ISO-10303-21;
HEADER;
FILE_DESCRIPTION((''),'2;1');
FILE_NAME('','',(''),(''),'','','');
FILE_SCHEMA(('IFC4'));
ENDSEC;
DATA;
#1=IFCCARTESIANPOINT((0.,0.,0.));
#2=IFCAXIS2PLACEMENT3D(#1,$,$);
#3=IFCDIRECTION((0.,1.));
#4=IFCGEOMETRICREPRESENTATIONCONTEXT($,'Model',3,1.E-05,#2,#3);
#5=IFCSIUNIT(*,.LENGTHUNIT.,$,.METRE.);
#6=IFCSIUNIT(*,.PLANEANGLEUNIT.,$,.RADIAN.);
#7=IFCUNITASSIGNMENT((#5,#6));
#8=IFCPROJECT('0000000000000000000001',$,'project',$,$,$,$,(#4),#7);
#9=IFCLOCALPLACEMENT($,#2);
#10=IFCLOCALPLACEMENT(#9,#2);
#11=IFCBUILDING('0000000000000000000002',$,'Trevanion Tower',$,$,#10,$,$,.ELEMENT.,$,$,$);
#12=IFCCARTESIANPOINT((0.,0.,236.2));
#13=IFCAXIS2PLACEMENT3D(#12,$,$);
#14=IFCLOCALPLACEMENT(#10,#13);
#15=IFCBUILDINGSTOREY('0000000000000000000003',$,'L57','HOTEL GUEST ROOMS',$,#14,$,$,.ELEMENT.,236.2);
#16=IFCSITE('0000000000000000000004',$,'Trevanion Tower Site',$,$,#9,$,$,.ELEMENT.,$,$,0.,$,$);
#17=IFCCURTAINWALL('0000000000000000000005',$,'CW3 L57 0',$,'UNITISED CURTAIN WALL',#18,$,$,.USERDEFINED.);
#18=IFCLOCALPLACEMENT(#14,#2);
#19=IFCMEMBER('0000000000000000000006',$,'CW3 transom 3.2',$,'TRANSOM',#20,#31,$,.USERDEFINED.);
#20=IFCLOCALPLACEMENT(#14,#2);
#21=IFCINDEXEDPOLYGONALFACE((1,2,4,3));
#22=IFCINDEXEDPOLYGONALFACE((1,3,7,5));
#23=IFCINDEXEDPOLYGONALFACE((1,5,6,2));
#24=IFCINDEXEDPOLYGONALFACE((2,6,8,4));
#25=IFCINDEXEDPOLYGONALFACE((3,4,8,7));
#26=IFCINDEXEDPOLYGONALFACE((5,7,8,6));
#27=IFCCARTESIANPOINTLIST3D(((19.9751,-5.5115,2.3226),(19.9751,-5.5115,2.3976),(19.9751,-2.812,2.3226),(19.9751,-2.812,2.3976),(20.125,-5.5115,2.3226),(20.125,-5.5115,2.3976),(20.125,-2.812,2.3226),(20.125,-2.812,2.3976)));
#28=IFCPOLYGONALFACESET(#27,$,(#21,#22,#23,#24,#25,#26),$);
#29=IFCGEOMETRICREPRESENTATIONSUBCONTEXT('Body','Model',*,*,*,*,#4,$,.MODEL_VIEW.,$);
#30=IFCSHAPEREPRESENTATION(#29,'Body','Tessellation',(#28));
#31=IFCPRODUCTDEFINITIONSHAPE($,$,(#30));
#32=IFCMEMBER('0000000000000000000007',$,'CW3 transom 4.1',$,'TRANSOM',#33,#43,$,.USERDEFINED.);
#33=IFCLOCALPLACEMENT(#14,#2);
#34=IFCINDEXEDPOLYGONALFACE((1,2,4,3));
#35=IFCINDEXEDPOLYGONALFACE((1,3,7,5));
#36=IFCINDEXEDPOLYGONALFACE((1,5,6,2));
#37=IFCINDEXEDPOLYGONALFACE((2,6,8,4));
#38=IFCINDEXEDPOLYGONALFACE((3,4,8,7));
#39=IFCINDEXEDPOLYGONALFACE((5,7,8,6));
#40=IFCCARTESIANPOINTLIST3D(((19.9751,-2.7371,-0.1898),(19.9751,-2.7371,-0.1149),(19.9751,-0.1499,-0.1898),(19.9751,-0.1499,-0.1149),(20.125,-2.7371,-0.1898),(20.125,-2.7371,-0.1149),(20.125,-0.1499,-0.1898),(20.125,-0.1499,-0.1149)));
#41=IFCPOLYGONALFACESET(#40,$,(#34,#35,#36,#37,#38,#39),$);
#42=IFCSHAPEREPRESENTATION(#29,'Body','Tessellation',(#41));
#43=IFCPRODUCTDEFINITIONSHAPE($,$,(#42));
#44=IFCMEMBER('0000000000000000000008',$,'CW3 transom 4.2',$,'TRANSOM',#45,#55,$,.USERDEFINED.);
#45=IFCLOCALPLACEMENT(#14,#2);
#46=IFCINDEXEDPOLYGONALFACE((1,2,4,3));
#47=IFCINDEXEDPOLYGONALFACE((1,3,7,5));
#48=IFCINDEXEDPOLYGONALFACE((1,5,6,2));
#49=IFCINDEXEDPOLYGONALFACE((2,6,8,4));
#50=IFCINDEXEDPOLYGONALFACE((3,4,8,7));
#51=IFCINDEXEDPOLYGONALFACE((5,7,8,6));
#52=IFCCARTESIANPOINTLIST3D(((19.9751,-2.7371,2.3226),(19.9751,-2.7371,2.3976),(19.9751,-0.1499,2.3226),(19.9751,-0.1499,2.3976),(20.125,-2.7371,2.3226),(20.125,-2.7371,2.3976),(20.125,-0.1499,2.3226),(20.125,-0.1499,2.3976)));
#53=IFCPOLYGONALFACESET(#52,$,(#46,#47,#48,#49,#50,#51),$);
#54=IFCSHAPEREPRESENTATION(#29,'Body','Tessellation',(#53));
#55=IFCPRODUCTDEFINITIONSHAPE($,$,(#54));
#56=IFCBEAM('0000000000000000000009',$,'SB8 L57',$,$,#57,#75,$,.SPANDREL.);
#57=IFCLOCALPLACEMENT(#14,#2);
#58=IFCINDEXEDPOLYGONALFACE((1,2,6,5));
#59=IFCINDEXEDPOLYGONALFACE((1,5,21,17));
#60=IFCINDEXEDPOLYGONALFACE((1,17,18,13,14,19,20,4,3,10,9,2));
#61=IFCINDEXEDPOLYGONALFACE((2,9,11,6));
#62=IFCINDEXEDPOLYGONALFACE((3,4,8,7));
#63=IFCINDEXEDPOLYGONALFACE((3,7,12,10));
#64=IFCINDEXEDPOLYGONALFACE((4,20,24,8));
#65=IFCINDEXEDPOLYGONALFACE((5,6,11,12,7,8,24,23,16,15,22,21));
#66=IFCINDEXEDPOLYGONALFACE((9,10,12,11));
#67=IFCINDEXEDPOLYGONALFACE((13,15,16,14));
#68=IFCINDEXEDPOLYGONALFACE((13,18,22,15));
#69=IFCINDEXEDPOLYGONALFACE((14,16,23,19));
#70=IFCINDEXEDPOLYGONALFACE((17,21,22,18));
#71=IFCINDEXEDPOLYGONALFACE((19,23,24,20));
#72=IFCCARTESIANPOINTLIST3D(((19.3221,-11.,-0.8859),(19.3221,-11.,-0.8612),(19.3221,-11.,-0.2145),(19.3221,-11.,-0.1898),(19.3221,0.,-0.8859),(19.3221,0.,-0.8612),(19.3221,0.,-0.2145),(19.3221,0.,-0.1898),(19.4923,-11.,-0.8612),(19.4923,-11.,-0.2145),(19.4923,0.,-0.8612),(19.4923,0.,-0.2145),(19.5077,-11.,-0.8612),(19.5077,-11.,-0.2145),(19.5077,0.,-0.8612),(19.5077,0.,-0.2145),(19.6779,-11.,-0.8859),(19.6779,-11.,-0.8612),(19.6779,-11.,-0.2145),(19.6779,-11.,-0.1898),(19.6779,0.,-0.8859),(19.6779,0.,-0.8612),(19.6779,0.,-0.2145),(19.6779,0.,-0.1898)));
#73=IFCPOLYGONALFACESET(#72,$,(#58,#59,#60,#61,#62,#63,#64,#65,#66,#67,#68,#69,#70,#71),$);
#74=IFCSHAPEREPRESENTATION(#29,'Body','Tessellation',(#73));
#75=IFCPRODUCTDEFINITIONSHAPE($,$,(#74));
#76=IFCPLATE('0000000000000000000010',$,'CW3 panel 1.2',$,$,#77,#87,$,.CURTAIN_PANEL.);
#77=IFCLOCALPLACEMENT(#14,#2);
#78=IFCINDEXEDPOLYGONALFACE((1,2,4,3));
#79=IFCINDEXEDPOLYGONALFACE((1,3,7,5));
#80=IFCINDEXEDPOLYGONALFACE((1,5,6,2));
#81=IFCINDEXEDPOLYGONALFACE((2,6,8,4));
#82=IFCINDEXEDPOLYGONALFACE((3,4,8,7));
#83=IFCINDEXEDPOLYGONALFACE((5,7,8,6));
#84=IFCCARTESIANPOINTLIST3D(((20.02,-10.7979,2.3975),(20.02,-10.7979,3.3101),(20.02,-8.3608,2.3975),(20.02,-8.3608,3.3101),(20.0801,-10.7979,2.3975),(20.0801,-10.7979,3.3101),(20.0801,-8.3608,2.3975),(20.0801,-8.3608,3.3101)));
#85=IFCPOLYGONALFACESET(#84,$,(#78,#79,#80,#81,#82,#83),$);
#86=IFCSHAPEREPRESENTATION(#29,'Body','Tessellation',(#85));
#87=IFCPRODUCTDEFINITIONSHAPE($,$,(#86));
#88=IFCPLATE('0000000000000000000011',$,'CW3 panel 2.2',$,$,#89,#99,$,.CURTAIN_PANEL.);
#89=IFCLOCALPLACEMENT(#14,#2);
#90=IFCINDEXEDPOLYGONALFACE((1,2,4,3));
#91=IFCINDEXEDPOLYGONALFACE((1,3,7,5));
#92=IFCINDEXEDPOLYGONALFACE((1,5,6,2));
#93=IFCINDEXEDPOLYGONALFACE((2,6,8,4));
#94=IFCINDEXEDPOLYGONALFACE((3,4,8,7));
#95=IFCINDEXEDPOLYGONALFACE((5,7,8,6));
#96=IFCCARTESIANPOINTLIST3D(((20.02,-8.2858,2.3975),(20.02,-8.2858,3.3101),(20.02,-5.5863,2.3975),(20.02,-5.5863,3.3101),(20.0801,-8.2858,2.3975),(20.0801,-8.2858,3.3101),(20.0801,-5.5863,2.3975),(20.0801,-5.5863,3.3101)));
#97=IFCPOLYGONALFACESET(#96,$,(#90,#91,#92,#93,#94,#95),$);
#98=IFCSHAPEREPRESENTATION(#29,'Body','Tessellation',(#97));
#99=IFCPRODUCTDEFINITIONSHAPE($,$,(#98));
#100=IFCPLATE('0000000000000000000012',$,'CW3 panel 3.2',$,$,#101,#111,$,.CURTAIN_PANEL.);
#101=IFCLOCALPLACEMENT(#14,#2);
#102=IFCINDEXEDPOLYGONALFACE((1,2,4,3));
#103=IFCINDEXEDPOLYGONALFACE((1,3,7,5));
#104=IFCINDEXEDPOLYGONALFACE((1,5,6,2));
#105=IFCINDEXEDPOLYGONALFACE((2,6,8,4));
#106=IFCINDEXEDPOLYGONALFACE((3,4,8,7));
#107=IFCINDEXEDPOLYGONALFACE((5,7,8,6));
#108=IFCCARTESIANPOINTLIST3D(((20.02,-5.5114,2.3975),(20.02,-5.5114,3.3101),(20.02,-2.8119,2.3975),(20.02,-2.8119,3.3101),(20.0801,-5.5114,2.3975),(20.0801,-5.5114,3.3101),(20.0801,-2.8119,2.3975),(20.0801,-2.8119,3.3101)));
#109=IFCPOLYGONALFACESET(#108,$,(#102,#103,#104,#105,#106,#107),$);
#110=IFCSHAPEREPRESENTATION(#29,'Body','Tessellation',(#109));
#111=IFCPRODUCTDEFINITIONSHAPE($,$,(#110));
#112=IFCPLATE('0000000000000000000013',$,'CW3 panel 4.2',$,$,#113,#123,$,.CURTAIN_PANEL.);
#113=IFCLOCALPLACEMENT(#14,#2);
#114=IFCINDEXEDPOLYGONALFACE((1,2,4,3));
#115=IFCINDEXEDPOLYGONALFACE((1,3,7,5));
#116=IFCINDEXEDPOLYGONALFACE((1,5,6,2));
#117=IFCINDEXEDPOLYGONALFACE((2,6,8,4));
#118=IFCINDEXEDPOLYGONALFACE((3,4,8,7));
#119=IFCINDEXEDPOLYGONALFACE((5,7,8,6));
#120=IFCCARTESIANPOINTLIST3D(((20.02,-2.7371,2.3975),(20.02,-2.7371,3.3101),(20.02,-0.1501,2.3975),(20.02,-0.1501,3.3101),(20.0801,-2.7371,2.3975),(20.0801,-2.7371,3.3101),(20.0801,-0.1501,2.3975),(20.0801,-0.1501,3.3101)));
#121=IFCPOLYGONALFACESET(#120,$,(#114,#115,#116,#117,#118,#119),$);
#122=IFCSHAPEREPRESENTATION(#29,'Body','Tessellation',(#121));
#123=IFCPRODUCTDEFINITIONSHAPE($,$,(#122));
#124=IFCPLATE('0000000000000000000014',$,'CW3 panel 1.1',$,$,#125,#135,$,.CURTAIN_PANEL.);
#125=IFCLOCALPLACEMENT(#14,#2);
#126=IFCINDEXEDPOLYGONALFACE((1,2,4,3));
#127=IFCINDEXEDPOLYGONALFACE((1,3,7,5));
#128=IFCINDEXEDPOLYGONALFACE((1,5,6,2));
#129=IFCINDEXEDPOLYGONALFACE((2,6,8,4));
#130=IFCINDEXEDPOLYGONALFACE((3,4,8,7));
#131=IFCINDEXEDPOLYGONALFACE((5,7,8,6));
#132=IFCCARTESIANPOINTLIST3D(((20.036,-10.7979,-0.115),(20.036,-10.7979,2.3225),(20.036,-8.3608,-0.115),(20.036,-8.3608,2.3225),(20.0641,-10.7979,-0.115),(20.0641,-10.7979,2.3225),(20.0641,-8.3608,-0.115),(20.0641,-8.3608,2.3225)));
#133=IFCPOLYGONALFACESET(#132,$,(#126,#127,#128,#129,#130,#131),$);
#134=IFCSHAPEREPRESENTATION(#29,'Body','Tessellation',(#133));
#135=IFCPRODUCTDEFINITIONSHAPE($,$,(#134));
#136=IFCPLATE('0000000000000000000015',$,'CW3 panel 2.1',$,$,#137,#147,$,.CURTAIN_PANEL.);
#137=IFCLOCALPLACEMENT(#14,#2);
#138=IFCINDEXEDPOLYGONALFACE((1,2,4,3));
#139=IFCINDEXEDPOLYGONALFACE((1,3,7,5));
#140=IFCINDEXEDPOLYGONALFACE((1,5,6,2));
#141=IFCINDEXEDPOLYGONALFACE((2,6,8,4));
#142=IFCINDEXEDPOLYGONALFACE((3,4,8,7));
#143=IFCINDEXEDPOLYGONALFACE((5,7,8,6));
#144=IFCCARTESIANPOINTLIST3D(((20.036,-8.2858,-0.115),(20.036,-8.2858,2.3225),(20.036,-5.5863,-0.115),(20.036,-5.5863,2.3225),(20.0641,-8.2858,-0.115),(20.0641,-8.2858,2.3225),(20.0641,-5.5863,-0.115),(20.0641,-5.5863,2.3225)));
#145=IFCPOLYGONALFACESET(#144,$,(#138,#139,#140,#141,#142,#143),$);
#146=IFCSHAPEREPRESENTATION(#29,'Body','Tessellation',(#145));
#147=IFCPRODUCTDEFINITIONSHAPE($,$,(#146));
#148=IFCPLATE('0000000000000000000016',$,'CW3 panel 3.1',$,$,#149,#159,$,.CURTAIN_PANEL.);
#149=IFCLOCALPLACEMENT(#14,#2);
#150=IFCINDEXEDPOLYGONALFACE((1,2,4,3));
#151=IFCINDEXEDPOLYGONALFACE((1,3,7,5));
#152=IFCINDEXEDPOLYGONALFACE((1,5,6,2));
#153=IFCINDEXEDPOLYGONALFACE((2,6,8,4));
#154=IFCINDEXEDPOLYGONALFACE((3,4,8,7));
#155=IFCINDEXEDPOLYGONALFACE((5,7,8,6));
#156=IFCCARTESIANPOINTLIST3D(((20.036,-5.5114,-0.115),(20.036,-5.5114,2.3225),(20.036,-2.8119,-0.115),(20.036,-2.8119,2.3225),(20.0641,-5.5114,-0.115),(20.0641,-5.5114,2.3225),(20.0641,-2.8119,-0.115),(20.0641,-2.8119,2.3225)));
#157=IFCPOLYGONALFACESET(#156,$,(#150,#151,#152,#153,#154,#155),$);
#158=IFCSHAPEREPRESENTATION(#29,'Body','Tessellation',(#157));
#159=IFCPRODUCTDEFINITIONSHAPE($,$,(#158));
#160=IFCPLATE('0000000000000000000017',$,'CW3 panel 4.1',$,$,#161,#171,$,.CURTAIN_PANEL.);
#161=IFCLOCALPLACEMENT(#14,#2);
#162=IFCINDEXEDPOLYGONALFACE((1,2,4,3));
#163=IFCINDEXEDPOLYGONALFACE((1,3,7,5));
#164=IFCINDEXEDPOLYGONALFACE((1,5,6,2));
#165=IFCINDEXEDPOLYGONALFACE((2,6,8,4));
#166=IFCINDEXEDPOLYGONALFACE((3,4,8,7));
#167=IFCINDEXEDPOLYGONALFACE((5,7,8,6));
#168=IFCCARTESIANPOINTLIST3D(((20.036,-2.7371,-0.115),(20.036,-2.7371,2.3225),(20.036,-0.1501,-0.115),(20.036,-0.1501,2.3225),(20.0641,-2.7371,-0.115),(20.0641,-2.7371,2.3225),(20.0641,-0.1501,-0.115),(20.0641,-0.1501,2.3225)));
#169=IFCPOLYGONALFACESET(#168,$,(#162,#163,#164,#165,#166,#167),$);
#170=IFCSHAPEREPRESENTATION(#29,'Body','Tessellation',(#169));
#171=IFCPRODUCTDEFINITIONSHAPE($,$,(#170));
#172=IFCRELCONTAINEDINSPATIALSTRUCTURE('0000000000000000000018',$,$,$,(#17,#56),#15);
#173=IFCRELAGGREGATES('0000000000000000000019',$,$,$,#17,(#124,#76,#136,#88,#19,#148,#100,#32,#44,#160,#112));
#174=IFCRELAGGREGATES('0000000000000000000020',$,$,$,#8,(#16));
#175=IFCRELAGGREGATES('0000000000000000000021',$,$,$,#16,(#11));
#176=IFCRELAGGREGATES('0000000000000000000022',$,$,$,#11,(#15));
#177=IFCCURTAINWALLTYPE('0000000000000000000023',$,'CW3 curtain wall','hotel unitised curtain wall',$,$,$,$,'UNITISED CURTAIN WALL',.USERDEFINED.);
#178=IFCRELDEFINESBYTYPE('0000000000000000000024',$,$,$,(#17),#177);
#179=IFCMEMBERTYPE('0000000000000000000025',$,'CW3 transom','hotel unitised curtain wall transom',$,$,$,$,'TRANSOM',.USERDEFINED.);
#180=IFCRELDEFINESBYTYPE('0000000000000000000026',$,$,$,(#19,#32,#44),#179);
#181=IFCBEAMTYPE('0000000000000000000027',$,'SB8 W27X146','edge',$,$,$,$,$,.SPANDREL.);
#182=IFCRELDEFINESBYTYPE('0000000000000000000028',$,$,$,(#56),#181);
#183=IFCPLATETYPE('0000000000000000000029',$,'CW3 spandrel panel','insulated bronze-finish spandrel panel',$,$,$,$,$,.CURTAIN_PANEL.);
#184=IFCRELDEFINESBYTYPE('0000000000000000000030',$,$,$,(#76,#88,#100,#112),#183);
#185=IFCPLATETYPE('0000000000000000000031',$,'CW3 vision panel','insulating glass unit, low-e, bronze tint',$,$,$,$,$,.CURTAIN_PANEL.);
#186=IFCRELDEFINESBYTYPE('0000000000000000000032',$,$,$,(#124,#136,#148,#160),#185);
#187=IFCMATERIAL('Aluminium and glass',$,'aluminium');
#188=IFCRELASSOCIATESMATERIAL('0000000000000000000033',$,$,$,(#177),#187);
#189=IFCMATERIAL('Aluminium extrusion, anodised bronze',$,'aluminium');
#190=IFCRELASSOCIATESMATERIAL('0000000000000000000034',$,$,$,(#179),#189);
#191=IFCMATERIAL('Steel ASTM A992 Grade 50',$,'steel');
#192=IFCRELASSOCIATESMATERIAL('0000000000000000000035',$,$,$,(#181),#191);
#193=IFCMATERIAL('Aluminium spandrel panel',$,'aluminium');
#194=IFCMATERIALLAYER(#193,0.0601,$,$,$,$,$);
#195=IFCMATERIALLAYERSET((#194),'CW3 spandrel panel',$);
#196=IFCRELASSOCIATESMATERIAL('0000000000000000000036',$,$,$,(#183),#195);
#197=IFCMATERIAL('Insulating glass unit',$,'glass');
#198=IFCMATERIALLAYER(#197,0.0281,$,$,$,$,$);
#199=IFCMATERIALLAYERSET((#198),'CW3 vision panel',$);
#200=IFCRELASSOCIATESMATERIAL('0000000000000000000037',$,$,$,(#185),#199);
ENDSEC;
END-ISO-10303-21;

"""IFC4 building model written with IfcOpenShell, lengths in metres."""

from ifc_helpers import new_model, si_unit, direction, frame, origin, origin_2d, place, context, subcontext, project, spatial, rectangle, i_section, extrude, material, layer, layer_set, material_profile, profile_set, type_object, element, aggregate, save


model = new_model("IFC4")

# Units and contexts
model_context = context("Model", 3, precision=1e-05, world=origin(), true_north=direction((0.0, 1.0)))
body_context = subcontext(model_context, "Body", "Model", "MODEL_VIEW")
ifc_project = project(units=[si_unit("LENGTHUNIT", "METRE"), si_unit("PLANEANGLEUNIT", "RADIAN")], contexts=[model_context])

# Site, building, storey
site_placement = place(None, origin())
site = spatial("IfcSite", under=ifc_project, at=site_placement, Name="Trevanion Tower Site", CompositionType="ELEMENT", RefElevation=0.0)
building_placement = place(site_placement, origin())
building = spatial("IfcBuilding", under=site, at=building_placement, Name="Trevanion Tower", CompositionType="ELEMENT")
storey_placement = place(building_placement, frame((0.0, 0.0, 236.2)))
storey = spatial("IfcBuildingStorey", under=building, at=storey_placement, Name="L57", Description="HOTEL GUEST ROOMS", CompositionType="ELEMENT", Elevation=236.2)

# Curtain wall, members
ifc_material_1 = material(Name="Aluminium and glass", Category="aluminium")
curtain_wall_type = type_object("IfcCurtainWallType", Name="CW3 curtain wall", Description="hotel unitised curtain wall", ElementType="UNITISED CURTAIN WALL", PredefinedType="USERDEFINED", material=ifc_material_1)
curtain_wall_placement = place(storey_placement, origin())
curtain_wall = element("IfcCurtainWall", 1, at=curtain_wall_placement, inside=storey, type_object=curtain_wall_type, Name="CW3 L57 0", ObjectType="UNITISED CURTAIN WALL", PredefinedType="USERDEFINED")
ifc_material_2 = material(Name="Aluminium extrusion, anodised bronze", Category="aluminium")
ifc_material_profile_1 = material_profile(ifc_material_2, rectangle(XDim=0.1499, YDim=0.075, at=origin_2d()), Name="CW3 transom")
ifc_profile_set_1 = profile_set([ifc_material_profile_1], Name="Aluminium extrusion, anodised bronze")
member_type_1 = type_object("IfcMemberType", Name="CW3 transom", Description="hotel unitised curtain wall transom", ElementType="TRANSOM", PredefinedType="USERDEFINED", material=ifc_profile_set_1)
member_1_placement = place(storey_placement, frame((20.05, -5.5115, 2.3601), z_axis=(0.0, 1.0, 0.0), x_axis=(-1.0, 0.0, 0.0)))
member_1 = element("IfcMember", 2, at=member_1_placement, type_object=member_type_1, Name="CW3 transom 3.2", ObjectType="TRANSOM", PredefinedType="USERDEFINED", context=body_context, shape_type="SweptSolid", body=[
    extrude(rectangle(XDim=0.1499, YDim=0.075, at=origin_2d()), origin(), (0.0, 0.0, 1.0), 2.6995),
])
member_2_placement = place(storey_placement, frame((20.05, -2.7371, -0.1523), z_axis=(0.0, 1.0, 0.0), x_axis=(-1.0, 0.0, 0.0)))
member_2 = element("IfcMember", 3, at=member_2_placement, type_object=member_type_1, Name="CW3 transom 4.1", ObjectType="TRANSOM", PredefinedType="USERDEFINED", context=body_context, shape_type="SweptSolid", body=[
    extrude(rectangle(XDim=0.1499, YDim=0.075, at=origin_2d()), origin(), (0.0, 0.0, 1.0), 2.5872),
])
member_3_placement = place(storey_placement, frame((20.05, -2.7371, 2.3601), z_axis=(0.0, 1.0, 0.0), x_axis=(-1.0, 0.0, 0.0)))
member_3 = element("IfcMember", 4, at=member_3_placement, type_object=member_type_1, Name="CW3 transom 4.2", ObjectType="TRANSOM", PredefinedType="USERDEFINED", context=body_context, shape_type="SweptSolid", body=[
    extrude(rectangle(XDim=0.1499, YDim=0.075, at=origin_2d()), origin(), (0.0, 0.0, 1.0), 2.5872),
])

# Beam
ifc_material_3 = material(Name="Steel ASTM A992 Grade 50", Category="steel")
ifc_material_profile_2 = material_profile(ifc_material_3, i_section(OverallWidth=0.3557, OverallDepth=0.696, WebThickness=0.0154, FlangeThickness=0.0247, at=origin_2d()), Name="W27X146")
ifc_profile_set_2 = profile_set([ifc_material_profile_2], Name="Steel ASTM A992 Grade 50")
beam_type_1 = type_object("IfcBeamType", Name="SB8 W27X146", Description="edge", PredefinedType="SPANDREL", material=ifc_profile_set_2)
beam_placement = place(storey_placement, frame((19.5, -11.0, -0.5378), z_axis=(0.0, 1.0, 0.0), x_axis=(-1.0, 0.0, 0.0)))
element("IfcBeam", 5, at=beam_placement, inside=storey, type_object=beam_type_1, Name="SB8 L57", PredefinedType="SPANDREL", context=body_context, shape_type="SweptSolid", body=[
    extrude(i_section(OverallWidth=0.3557, OverallDepth=0.696, WebThickness=0.0154, FlangeThickness=0.0247, at=origin_2d()), origin(), (0.0, 0.0, 1.0), 11.0),
])

# Plates
ifc_material_4 = material(Name="Aluminium spandrel panel", Category="aluminium")
ifc_layer_1 = layer(ifc_material_4, 0.0601)
ifc_layer_set_1 = layer_set([ifc_layer_1], Name="CW3 spandrel panel")
plate_type_1 = type_object("IfcPlateType", Name="CW3 spandrel panel", Description="insulated bronze-finish spandrel panel", PredefinedType="CURTAIN_PANEL", material=ifc_layer_set_1)
plate_1_placement = place(storey_placement, frame((20.05, -9.5793, 2.3975), z_axis=(0.0, 0.0, 1.0), x_axis=(0.0, 1.0, 0.0)))
plate_1 = element("IfcPlate", 6, at=plate_1_placement, type_object=plate_type_1, Name="CW3 panel 1.2", PredefinedType="CURTAIN_PANEL", context=body_context, shape_type="SweptSolid", body=[
    extrude(rectangle(XDim=2.437, YDim=0.0601, at=origin_2d()), origin(), (0.0, 0.0, 1.0), 0.9126),
])
plate_2_placement = place(storey_placement, frame((20.05, -6.936, 2.3975), z_axis=(0.0, 0.0, 1.0), x_axis=(0.0, 1.0, 0.0)))
plate_2 = element("IfcPlate", 7, at=plate_2_placement, type_object=plate_type_1, Name="CW3 panel 2.2", PredefinedType="CURTAIN_PANEL", context=body_context, shape_type="SweptSolid", body=[
    extrude(rectangle(XDim=2.6995, YDim=0.0601, at=origin_2d()), origin(), (0.0, 0.0, 1.0), 0.9126),
])
plate_3_placement = place(storey_placement, frame((20.05, -4.1616, 2.3975), z_axis=(0.0, 0.0, 1.0), x_axis=(0.0, 1.0, 0.0)))
plate_3 = element("IfcPlate", 8, at=plate_3_placement, type_object=plate_type_1, Name="CW3 panel 3.2", PredefinedType="CURTAIN_PANEL", context=body_context, shape_type="SweptSolid", body=[
    extrude(rectangle(XDim=2.6995, YDim=0.0601, at=origin_2d()), origin(), (0.0, 0.0, 1.0), 0.9126),
])
plate_4_placement = place(storey_placement, frame((20.05, -1.4436, 2.3975), z_axis=(0.0, 0.0, 1.0), x_axis=(0.0, 1.0, 0.0)))
plate_4 = element("IfcPlate", 9, at=plate_4_placement, type_object=plate_type_1, Name="CW3 panel 4.2", PredefinedType="CURTAIN_PANEL", context=body_context, shape_type="SweptSolid", body=[
    extrude(rectangle(XDim=2.5869, YDim=0.0601, at=origin_2d()), origin(), (0.0, 0.0, 1.0), 0.9126),
])
ifc_material_5 = material(Name="Insulating glass unit", Category="glass")
ifc_layer_2 = layer(ifc_material_5, 0.0281)
ifc_layer_set_2 = layer_set([ifc_layer_2], Name="CW3 vision panel")
plate_type_2 = type_object("IfcPlateType", Name="CW3 vision panel", Description="insulating glass unit, low-e, bronze tint", PredefinedType="CURTAIN_PANEL", material=ifc_layer_set_2)
plate_5_placement = place(storey_placement, frame((20.05, -9.5793, -0.115), z_axis=(0.0, 0.0, 1.0), x_axis=(0.0, 1.0, 0.0)))
plate_5 = element("IfcPlate", 10, at=plate_5_placement, type_object=plate_type_2, Name="CW3 panel 1.1", PredefinedType="CURTAIN_PANEL", context=body_context, shape_type="SweptSolid", body=[
    extrude(rectangle(XDim=2.437, YDim=0.0281, at=origin_2d()), origin(), (0.0, 0.0, 1.0), 2.4375),
])
plate_6_placement = place(storey_placement, frame((20.05, -6.936, -0.115), z_axis=(0.0, 0.0, 1.0), x_axis=(0.0, 1.0, 0.0)))
plate_6 = element("IfcPlate", 11, at=plate_6_placement, type_object=plate_type_2, Name="CW3 panel 2.1", PredefinedType="CURTAIN_PANEL", context=body_context, shape_type="SweptSolid", body=[
    extrude(rectangle(XDim=2.6995, YDim=0.0281, at=origin_2d()), origin(), (0.0, 0.0, 1.0), 2.4375),
])
plate_7_placement = place(storey_placement, frame((20.05, -4.1616, -0.115), z_axis=(0.0, 0.0, 1.0), x_axis=(0.0, 1.0, 0.0)))
plate_7 = element("IfcPlate", 12, at=plate_7_placement, type_object=plate_type_2, Name="CW3 panel 3.1", PredefinedType="CURTAIN_PANEL", context=body_context, shape_type="SweptSolid", body=[
    extrude(rectangle(XDim=2.6995, YDim=0.0281, at=origin_2d()), origin(), (0.0, 0.0, 1.0), 2.4375),
])
plate_8_placement = place(storey_placement, frame((20.05, -1.4436, -0.115), z_axis=(0.0, 0.0, 1.0), x_axis=(0.0, 1.0, 0.0)))
plate_8 = element("IfcPlate", 13, at=plate_8_placement, type_object=plate_type_2, Name="CW3 panel 4.1", PredefinedType="CURTAIN_PANEL", context=body_context, shape_type="SweptSolid", body=[
    extrude(rectangle(XDim=2.5869, YDim=0.0281, at=origin_2d()), origin(), (0.0, 0.0, 1.0), 2.4375),
])
aggregate(curtain_wall, [plate_5, plate_1, plate_6, plate_2, member_1, plate_7, plate_3, member_2, member_3, plate_8, plate_4])

save(model, "model.ifc")
